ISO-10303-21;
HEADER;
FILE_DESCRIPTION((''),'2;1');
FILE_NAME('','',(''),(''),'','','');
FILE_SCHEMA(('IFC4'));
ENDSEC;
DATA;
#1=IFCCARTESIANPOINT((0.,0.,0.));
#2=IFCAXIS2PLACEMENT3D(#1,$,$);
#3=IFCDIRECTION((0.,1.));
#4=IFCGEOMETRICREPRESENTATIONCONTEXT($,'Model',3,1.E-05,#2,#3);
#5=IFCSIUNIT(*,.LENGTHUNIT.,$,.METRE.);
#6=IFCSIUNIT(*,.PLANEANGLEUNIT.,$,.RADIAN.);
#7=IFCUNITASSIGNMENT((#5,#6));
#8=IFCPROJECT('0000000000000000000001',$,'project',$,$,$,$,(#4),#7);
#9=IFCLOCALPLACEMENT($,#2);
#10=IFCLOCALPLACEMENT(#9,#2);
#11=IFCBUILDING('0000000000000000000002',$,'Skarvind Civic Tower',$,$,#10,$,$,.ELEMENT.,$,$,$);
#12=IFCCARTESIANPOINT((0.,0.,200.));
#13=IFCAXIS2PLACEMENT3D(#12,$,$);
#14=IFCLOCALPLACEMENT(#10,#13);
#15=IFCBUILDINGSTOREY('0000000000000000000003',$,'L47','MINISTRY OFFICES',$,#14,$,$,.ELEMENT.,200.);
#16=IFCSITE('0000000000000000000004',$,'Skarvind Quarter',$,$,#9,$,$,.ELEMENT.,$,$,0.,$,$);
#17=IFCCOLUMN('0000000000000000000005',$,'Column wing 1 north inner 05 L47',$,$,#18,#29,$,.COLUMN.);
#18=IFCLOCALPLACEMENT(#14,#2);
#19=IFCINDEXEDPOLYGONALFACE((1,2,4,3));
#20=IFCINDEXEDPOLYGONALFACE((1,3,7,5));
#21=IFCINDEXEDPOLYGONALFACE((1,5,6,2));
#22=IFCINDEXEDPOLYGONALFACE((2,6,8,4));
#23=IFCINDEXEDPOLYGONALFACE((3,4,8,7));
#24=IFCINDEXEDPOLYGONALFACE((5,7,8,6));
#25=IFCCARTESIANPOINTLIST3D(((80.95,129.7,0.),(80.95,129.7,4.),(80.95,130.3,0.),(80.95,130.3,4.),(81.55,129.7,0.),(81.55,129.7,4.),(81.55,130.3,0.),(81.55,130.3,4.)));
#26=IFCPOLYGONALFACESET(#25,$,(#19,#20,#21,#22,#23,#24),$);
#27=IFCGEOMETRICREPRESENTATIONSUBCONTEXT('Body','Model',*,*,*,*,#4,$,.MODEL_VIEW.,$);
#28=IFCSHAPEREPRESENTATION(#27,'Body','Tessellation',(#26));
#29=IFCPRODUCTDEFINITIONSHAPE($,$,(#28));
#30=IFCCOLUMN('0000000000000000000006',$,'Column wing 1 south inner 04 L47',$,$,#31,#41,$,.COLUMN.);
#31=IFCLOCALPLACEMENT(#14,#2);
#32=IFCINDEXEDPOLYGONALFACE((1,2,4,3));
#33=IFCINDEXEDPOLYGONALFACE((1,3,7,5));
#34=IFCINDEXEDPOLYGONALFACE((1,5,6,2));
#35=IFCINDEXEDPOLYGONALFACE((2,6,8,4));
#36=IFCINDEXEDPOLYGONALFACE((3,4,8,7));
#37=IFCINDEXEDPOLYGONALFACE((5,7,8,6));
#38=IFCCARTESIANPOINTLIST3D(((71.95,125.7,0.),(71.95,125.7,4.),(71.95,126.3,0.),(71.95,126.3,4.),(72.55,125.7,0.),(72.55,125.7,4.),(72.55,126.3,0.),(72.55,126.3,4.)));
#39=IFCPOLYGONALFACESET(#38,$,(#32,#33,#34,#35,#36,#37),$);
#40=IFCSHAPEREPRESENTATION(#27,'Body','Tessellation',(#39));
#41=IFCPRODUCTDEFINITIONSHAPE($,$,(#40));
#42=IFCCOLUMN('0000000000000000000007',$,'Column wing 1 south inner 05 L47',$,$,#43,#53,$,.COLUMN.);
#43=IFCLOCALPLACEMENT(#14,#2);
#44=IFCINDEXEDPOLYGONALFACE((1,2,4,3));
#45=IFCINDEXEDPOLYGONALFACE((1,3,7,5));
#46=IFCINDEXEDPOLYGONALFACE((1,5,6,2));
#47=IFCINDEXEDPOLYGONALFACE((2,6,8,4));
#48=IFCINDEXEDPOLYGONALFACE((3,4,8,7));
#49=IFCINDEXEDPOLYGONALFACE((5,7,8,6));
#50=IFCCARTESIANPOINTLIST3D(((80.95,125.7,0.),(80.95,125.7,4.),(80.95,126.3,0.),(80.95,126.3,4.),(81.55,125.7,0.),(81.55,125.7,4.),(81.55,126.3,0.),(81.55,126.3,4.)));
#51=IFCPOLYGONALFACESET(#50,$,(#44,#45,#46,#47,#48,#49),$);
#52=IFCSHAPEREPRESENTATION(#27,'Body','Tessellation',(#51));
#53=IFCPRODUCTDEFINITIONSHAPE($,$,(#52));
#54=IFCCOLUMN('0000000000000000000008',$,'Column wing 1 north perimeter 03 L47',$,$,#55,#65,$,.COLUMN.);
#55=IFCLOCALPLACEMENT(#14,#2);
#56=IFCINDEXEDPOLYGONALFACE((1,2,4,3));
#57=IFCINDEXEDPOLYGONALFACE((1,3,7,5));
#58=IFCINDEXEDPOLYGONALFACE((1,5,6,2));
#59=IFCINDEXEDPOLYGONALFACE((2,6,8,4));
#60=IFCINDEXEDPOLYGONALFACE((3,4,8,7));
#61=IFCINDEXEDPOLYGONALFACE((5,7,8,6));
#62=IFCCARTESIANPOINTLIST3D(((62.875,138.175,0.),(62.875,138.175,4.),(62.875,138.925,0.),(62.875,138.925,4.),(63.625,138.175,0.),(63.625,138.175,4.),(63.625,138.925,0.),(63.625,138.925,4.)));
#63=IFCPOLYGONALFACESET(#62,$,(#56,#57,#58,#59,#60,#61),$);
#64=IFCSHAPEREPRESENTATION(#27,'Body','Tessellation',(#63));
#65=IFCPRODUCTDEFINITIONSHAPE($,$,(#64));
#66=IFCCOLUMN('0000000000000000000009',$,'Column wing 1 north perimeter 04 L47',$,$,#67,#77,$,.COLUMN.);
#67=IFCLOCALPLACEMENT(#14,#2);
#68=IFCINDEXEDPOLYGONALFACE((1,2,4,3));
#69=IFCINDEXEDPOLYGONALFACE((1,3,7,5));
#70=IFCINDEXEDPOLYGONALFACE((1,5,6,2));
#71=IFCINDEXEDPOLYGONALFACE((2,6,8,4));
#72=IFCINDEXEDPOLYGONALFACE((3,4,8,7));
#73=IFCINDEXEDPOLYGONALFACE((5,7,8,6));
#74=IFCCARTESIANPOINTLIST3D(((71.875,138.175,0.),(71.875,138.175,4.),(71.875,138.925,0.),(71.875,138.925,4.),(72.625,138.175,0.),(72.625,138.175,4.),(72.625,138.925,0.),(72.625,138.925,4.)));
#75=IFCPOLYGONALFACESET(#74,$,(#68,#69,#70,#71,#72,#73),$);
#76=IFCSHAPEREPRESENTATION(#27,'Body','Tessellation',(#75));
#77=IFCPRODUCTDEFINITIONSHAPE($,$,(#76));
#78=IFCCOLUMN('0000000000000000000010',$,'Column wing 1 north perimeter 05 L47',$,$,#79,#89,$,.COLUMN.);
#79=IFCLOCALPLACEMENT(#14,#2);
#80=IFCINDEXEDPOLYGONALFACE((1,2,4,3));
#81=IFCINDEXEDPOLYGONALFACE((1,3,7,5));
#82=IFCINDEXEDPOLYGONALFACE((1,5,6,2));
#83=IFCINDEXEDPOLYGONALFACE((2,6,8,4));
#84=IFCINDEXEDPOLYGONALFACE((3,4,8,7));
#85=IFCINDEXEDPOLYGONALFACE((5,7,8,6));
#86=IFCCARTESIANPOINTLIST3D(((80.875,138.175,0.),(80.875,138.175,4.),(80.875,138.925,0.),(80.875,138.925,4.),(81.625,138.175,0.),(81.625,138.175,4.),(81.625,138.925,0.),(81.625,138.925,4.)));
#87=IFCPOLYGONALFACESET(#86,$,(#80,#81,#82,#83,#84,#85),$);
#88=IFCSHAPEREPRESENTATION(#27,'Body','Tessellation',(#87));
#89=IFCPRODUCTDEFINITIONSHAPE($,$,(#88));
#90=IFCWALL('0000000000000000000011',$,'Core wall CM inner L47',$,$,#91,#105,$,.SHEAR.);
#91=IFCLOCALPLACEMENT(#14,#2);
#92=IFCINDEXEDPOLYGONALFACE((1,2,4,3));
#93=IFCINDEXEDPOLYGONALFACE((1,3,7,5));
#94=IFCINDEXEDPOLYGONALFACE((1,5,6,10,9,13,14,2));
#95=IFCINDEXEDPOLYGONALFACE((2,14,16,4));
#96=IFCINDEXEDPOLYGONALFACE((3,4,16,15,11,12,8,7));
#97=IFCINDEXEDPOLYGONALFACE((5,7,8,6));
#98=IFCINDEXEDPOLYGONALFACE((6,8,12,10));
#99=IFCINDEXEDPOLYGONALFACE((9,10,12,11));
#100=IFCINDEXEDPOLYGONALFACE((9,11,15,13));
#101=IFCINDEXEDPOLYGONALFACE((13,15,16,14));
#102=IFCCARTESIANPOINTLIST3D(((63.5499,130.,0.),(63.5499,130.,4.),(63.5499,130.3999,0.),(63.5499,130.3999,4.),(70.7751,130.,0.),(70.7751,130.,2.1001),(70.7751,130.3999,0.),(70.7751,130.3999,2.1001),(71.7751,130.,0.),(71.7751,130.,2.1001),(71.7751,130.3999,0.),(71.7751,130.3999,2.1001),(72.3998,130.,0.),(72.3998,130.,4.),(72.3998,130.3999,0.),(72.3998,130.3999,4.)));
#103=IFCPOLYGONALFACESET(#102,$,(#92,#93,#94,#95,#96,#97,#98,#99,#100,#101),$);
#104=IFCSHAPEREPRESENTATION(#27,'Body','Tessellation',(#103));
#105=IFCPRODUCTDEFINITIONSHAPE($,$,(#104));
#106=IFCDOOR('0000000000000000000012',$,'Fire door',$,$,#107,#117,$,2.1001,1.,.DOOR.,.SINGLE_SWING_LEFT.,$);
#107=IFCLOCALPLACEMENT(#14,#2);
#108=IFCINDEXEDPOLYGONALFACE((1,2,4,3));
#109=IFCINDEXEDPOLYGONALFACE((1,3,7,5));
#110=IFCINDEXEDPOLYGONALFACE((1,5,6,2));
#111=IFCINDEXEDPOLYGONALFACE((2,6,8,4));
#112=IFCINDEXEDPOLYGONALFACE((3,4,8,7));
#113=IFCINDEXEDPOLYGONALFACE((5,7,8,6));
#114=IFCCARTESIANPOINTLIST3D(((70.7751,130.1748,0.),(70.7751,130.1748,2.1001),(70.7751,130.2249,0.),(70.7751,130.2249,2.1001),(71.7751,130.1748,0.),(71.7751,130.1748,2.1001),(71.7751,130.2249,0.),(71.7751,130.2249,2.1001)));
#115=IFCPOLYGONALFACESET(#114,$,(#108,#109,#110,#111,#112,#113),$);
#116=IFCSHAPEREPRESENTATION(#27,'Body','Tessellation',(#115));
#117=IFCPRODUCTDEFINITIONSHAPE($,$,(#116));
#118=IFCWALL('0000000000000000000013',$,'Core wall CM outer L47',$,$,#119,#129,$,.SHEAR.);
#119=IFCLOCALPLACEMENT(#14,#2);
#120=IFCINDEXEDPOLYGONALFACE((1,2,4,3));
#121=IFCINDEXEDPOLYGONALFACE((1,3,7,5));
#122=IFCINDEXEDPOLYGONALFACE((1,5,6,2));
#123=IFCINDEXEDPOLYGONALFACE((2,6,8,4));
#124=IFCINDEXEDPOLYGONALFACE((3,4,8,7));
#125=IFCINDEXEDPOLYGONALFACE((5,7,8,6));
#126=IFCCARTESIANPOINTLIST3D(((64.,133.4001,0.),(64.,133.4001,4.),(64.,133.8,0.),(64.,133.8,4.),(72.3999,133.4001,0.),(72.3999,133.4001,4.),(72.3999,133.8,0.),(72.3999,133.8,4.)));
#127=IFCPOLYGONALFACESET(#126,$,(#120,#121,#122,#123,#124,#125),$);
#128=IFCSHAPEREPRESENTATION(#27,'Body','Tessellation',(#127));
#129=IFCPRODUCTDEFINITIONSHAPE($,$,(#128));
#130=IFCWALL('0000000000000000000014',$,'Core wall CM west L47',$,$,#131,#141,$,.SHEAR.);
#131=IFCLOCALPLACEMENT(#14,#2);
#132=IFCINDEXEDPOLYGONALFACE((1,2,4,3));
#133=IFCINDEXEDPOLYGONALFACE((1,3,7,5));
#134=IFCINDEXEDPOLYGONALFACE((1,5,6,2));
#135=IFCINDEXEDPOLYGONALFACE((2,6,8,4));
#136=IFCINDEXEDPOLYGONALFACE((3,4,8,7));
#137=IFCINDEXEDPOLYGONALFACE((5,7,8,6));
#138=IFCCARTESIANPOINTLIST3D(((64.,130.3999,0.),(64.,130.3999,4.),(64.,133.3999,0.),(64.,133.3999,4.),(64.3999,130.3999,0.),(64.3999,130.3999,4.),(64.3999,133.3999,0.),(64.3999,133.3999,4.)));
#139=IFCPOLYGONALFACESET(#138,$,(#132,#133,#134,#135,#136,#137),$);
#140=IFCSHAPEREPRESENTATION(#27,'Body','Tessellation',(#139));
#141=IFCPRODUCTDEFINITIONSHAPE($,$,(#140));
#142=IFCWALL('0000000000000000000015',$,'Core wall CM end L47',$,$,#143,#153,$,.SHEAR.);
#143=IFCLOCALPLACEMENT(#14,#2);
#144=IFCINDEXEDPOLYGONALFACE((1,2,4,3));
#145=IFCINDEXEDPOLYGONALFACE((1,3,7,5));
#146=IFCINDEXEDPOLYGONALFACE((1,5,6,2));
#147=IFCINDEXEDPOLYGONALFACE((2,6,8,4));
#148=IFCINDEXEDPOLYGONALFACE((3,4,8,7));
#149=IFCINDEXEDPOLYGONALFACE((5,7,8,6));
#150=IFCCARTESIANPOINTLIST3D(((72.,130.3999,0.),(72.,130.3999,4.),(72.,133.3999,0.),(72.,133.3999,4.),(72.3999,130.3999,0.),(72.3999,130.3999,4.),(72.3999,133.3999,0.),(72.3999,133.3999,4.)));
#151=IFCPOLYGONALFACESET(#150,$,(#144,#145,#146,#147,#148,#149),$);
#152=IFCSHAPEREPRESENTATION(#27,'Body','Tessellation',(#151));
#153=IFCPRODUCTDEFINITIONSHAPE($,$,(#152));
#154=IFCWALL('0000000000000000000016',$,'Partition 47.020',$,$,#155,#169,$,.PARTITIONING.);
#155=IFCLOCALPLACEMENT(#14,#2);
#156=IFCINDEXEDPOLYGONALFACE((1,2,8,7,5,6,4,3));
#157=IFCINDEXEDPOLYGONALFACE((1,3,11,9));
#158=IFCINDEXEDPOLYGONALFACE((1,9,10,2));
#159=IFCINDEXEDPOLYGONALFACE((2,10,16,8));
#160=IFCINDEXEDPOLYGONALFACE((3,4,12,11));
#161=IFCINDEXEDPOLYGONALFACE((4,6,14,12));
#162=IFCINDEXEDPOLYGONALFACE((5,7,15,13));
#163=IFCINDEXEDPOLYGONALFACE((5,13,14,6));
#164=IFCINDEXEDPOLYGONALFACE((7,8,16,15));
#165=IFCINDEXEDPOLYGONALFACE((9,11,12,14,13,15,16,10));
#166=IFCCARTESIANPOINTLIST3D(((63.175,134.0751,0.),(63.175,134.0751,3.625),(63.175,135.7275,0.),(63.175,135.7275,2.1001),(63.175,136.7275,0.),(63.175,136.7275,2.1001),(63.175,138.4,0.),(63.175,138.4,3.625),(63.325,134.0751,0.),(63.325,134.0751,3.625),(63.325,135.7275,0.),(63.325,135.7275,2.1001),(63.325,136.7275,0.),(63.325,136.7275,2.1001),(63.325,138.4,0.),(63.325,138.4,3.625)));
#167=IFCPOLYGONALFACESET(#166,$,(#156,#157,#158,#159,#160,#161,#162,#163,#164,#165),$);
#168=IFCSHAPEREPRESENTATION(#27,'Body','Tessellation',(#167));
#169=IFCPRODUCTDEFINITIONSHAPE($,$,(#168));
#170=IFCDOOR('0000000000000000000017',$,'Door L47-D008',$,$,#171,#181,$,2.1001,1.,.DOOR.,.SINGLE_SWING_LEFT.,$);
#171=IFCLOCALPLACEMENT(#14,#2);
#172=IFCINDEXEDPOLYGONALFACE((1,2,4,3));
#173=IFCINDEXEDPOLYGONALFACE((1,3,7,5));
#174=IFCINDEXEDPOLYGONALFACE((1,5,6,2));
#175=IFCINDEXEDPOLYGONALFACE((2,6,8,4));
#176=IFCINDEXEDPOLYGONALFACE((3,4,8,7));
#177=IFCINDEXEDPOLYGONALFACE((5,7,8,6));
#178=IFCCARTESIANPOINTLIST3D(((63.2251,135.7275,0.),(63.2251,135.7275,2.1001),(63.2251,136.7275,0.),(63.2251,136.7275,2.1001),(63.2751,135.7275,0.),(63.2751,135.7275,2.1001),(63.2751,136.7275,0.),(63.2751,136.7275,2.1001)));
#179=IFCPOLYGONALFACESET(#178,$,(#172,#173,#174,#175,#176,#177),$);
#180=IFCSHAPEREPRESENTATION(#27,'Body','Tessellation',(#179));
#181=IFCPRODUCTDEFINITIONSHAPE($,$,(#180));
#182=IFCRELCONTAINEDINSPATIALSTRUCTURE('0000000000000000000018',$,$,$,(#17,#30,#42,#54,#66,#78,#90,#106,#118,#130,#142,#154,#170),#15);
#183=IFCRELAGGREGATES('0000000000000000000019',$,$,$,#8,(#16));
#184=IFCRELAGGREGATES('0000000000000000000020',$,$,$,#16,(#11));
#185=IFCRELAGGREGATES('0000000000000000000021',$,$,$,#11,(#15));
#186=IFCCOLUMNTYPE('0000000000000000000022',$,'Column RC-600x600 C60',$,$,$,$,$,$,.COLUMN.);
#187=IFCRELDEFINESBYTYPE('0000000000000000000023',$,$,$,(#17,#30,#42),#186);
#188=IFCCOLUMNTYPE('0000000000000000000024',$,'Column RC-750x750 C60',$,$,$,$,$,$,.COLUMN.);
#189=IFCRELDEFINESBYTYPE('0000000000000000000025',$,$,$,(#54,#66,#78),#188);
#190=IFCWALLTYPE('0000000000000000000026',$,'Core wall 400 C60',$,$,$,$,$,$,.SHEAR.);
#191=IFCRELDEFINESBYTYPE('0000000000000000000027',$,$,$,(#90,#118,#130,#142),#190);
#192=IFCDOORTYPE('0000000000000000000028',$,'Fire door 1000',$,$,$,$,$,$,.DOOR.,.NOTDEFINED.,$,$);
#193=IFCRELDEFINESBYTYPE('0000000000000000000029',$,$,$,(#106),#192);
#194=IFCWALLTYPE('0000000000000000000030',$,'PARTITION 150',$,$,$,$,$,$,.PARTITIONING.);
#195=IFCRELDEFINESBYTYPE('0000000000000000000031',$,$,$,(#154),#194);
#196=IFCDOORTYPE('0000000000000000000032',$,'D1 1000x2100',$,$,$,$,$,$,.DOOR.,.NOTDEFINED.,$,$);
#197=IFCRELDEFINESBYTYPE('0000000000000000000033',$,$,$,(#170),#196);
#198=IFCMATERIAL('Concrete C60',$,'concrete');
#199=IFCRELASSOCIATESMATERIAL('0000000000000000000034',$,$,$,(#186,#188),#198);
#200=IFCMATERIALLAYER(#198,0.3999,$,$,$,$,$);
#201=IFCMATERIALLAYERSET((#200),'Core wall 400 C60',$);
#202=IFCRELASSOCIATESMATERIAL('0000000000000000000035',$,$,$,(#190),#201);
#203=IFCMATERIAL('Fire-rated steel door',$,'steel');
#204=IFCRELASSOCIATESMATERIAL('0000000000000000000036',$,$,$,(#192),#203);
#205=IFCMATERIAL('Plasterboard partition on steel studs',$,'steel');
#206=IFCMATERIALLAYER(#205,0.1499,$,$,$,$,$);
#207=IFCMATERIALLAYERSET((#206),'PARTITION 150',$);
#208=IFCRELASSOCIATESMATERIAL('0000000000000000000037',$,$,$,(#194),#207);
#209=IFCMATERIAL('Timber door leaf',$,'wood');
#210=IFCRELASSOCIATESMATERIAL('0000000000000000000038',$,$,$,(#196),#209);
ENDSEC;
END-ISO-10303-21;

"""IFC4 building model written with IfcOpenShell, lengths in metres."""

from ifc_helpers import new_model, si_unit, direction, frame, frame_2d, origin, origin_2d, place, context, subcontext, project, spatial, rectangle, extrude, material, layer, layer_set, material_profile, profile_set, type_object, element, fill, save


model = new_model("IFC4")

# Units and contexts
model_context = context("Model", 3, precision=1e-05, world=origin(), true_north=direction((0.0, 1.0)))
body_context = subcontext(model_context, "Body", "Model", "MODEL_VIEW")
ifc_project = project(units=[si_unit("LENGTHUNIT", "METRE"), si_unit("PLANEANGLEUNIT", "RADIAN")], contexts=[model_context])

# Site, building, storey
site_placement = place(None, origin())
site = spatial("IfcSite", under=ifc_project, at=site_placement, Name="Skarvind Quarter", CompositionType="ELEMENT", RefElevation=0.0)
building_placement = place(site_placement, origin())
building = spatial("IfcBuilding", under=site, at=building_placement, Name="Skarvind Civic Tower", CompositionType="ELEMENT")
storey_placement = place(building_placement, frame((0.0, 0.0, 200.0)))
storey = spatial("IfcBuildingStorey", under=building, at=storey_placement, Name="L47", Description="MINISTRY OFFICES", CompositionType="ELEMENT", Elevation=200.0)

# Columns
ifc_material_1 = material(Name="Concrete C60", Category="concrete")
ifc_material_profile_1 = material_profile(ifc_material_1, rectangle(XDim=0.6001, YDim=0.6001, at=origin_2d()), Name="RC-600x600")
ifc_profile_set_1 = profile_set([ifc_material_profile_1], Name="Concrete C60")
column_type_1 = type_object("IfcColumnType", Name="Column RC-600x600 C60", PredefinedType="COLUMN", material=ifc_profile_set_1)
for number, where, z_axis, x_axis, name in (
    (1, (81.25, 130.0, 0.0), (0.0, 0.0, 1.0), (1.0, 0.0, 0.0), "Column wing 1 north inner 05 L47"),
    (2, (72.25, 126.0, 0.0), (0.0, 0.0, 1.0), (1.0, 0.0, 0.0), "Column wing 1 south inner 04 L47"),
    (3, (81.25, 126.0, 0.0), (0.0, 0.0, 1.0), (1.0, 0.0, 0.0), "Column wing 1 south inner 05 L47"),
):
    element("IfcColumn", number, at=place(storey_placement, frame(where, z_axis=z_axis, x_axis=x_axis)), inside=storey, type_object=column_type_1, Name=name, PredefinedType="COLUMN", context=body_context, shape_type="SweptSolid", body=[
        extrude(rectangle(XDim=0.6001, YDim=0.6001, at=origin_2d()), origin(), (0.0, 0.0, 1.0), 4.0),
    ])
ifc_material_profile_2 = material_profile(ifc_material_1, rectangle(XDim=0.75, YDim=0.75, at=origin_2d()), Name="RC-750x750")
ifc_profile_set_2 = profile_set([ifc_material_profile_2], Name="Concrete C60")
column_type_2 = type_object("IfcColumnType", Name="Column RC-750x750 C60", PredefinedType="COLUMN", material=ifc_profile_set_2)
for number, where, z_axis, x_axis, name in (
    (4, (63.25, 138.55, 0.0), (0.0, 0.0, 1.0), (1.0, 0.0, 0.0), "Column wing 1 north perimeter 03 L47"),
    (5, (72.25, 138.55, 0.0), (0.0, 0.0, 1.0), (1.0, 0.0, 0.0), "Column wing 1 north perimeter 04 L47"),
    (6, (81.25, 138.55, 0.0), (0.0, 0.0, 1.0), (1.0, 0.0, 0.0), "Column wing 1 north perimeter 05 L47"),
):
    element("IfcColumn", number, at=place(storey_placement, frame(where, z_axis=z_axis, x_axis=x_axis)), inside=storey, type_object=column_type_2, Name=name, PredefinedType="COLUMN", context=body_context, shape_type="SweptSolid", body=[
        extrude(rectangle(XDim=0.75, YDim=0.75, at=origin_2d()), origin(), (0.0, 0.0, 1.0), 4.0),
    ])

# Wall, opening, door
ifc_layer_1 = layer(ifc_material_1, 0.3999)
ifc_layer_set_1 = layer_set([ifc_layer_1], Name="Core wall 400 C60")
wall_type_1 = type_object("IfcWallType", Name="Core wall 400 C60", PredefinedType="SHEAR", material=ifc_layer_set_1)
wall_1_placement = place(storey_placement, frame((63.55, 130.2, 0.0), z_axis=(0.0, 0.0, 1.0), x_axis=(1.0, 0.0, 0.0)))
wall_1 = element("IfcWall", 7, at=wall_1_placement, inside=storey, type_object=wall_type_1, Name="Core wall CM inner L47", PredefinedType="SHEAR", context=body_context, shape_type="SweptSolid", body=[
    extrude(rectangle(XDim=8.8499, YDim=0.3999, at=frame_2d((4.4248, 0.0))), origin(), (0.0, 0.0, 1.0), 4.0),
])
opening_1_placement = place(wall_1_placement, frame((7.2251, 0.0, 0.0)))
opening_1 = element("IfcOpeningElement", 8, at=opening_1_placement, cuts=wall_1, PredefinedType="OPENING", context=body_context, shape_type="SweptSolid", body=[
    extrude(rectangle(XDim=1.0, YDim=2.1001, at=frame_2d((0.5, 1.05))), frame((0.0, 0.21, 0.0), z_axis=(0.0, -1.0, 0.0), x_axis=(1.0, 0.0, 0.0)), (0.0, 0.0, 1.0), 0.4199),
])
ifc_material_2 = material(Name="Fire-rated steel door", Category="steel")
door_type_1 = type_object("IfcDoorType", Name="Fire door 1000", OperationType="NOTDEFINED", PredefinedType="DOOR", material=ifc_material_2)
door_1_placement = place(opening_1_placement, origin())
door_1 = element("IfcDoor", 9, at=door_1_placement, inside=storey, type_object=door_type_1, Name="Fire door", OperationType="SINGLE_SWING_LEFT", OverallHeight=2.1001, OverallWidth=1.0, PredefinedType="DOOR", context=body_context, shape_type="SweptSolid", body=[
    extrude(rectangle(XDim=1.0, YDim=2.1001, at=frame_2d((0.5, 1.05))), frame((0.0, 0.0249, 0.0), z_axis=(0.0, -1.0, 0.0), x_axis=(1.0, 0.0, 0.0)), (0.0, 0.0, 1.0), 0.05),
])
fill(opening_1, door_1)

# Walls
wall_2_placement = place(storey_placement, frame((64.0, 133.6001, 0.0), z_axis=(0.0, 0.0, 1.0), x_axis=(1.0, 0.0, 0.0)))
element("IfcWall", 10, at=wall_2_placement, inside=storey, type_object=wall_type_1, Name="Core wall CM outer L47", PredefinedType="SHEAR", context=body_context, shape_type="SweptSolid", body=[
    extrude(rectangle(XDim=8.3999, YDim=0.3999, at=frame_2d((4.2, 0.0))), origin(), (0.0, 0.0, 1.0), 4.0),
])
for number, where, z_axis, x_axis, name in (
    (11, (64.2, 130.3999, 0.0), (0.0, 0.0, 1.0), (0.0, 1.0, 0.0), "Core wall CM west L47"),
    (12, (72.2, 130.3999, 0.0), (0.0, 0.0, 1.0), (0.0, 1.0, 0.0), "Core wall CM end L47"),
):
    element("IfcWall", number, at=place(storey_placement, frame(where, z_axis=z_axis, x_axis=x_axis)), inside=storey, type_object=wall_type_1, Name=name, PredefinedType="SHEAR", context=body_context, shape_type="SweptSolid", body=[
        extrude(rectangle(XDim=3.0, YDim=0.3999, at=frame_2d((1.5, 0.0))), origin(), (0.0, 0.0, 1.0), 4.0),
    ])

# Wall, opening, door
ifc_material_3 = material(Name="Plasterboard partition on steel studs", Category="steel")
ifc_layer_2 = layer(ifc_material_3, 0.1499)
ifc_layer_set_2 = layer_set([ifc_layer_2], Name="PARTITION 150")
wall_type_2 = type_object("IfcWallType", Name="PARTITION 150", PredefinedType="PARTITIONING", material=ifc_layer_set_2)
wall_3_placement = place(storey_placement, frame((63.25, 134.075, 0.0), z_axis=(0.0, 0.0, 1.0), x_axis=(0.0, 1.0, 0.0)))
wall_3 = element("IfcWall", 13, at=wall_3_placement, inside=storey, type_object=wall_type_2, Name="Partition 47.020", PredefinedType="PARTITIONING", context=body_context, shape_type="SweptSolid", body=[
    extrude(rectangle(XDim=4.325, YDim=0.1499, at=frame_2d((2.1626, 0.0))), origin(), (0.0, 0.0, 1.0), 3.625),
])
opening_2_placement = place(wall_3_placement, frame((1.6526, 0.0, 0.0)))
opening_2 = element("IfcOpeningElement", 14, at=opening_2_placement, cuts=wall_3, PredefinedType="OPENING", context=body_context, shape_type="SweptSolid", body=[
    extrude(rectangle(XDim=1.0, YDim=2.1001, at=frame_2d((0.5, 1.05))), frame((0.0, 0.085, 0.0), z_axis=(0.0, -1.0, 0.0), x_axis=(1.0, 0.0, 0.0)), (0.0, 0.0, 1.0), 0.1699),
])
ifc_material_4 = material(Name="Timber door leaf", Category="wood")
door_type_2 = type_object("IfcDoorType", Name="D1 1000x2100", OperationType="NOTDEFINED", PredefinedType="DOOR", material=ifc_material_4)
door_2_placement = place(opening_2_placement, origin())
door_2 = element("IfcDoor", 15, at=door_2_placement, inside=storey, type_object=door_type_2, Name="Door L47-D008", OperationType="SINGLE_SWING_LEFT", OverallHeight=2.1001, OverallWidth=1.0, PredefinedType="DOOR", context=body_context, shape_type="SweptSolid", body=[
    extrude(rectangle(XDim=1.0, YDim=2.1001, at=frame_2d((0.5, 1.05))), frame((0.0, 0.0249, 0.0), z_axis=(0.0, -1.0, 0.0), x_axis=(1.0, 0.0, 0.0)), (0.0, 0.0, 1.0), 0.05),
])
fill(opening_2, door_2)

save(model, "model.ifc")
